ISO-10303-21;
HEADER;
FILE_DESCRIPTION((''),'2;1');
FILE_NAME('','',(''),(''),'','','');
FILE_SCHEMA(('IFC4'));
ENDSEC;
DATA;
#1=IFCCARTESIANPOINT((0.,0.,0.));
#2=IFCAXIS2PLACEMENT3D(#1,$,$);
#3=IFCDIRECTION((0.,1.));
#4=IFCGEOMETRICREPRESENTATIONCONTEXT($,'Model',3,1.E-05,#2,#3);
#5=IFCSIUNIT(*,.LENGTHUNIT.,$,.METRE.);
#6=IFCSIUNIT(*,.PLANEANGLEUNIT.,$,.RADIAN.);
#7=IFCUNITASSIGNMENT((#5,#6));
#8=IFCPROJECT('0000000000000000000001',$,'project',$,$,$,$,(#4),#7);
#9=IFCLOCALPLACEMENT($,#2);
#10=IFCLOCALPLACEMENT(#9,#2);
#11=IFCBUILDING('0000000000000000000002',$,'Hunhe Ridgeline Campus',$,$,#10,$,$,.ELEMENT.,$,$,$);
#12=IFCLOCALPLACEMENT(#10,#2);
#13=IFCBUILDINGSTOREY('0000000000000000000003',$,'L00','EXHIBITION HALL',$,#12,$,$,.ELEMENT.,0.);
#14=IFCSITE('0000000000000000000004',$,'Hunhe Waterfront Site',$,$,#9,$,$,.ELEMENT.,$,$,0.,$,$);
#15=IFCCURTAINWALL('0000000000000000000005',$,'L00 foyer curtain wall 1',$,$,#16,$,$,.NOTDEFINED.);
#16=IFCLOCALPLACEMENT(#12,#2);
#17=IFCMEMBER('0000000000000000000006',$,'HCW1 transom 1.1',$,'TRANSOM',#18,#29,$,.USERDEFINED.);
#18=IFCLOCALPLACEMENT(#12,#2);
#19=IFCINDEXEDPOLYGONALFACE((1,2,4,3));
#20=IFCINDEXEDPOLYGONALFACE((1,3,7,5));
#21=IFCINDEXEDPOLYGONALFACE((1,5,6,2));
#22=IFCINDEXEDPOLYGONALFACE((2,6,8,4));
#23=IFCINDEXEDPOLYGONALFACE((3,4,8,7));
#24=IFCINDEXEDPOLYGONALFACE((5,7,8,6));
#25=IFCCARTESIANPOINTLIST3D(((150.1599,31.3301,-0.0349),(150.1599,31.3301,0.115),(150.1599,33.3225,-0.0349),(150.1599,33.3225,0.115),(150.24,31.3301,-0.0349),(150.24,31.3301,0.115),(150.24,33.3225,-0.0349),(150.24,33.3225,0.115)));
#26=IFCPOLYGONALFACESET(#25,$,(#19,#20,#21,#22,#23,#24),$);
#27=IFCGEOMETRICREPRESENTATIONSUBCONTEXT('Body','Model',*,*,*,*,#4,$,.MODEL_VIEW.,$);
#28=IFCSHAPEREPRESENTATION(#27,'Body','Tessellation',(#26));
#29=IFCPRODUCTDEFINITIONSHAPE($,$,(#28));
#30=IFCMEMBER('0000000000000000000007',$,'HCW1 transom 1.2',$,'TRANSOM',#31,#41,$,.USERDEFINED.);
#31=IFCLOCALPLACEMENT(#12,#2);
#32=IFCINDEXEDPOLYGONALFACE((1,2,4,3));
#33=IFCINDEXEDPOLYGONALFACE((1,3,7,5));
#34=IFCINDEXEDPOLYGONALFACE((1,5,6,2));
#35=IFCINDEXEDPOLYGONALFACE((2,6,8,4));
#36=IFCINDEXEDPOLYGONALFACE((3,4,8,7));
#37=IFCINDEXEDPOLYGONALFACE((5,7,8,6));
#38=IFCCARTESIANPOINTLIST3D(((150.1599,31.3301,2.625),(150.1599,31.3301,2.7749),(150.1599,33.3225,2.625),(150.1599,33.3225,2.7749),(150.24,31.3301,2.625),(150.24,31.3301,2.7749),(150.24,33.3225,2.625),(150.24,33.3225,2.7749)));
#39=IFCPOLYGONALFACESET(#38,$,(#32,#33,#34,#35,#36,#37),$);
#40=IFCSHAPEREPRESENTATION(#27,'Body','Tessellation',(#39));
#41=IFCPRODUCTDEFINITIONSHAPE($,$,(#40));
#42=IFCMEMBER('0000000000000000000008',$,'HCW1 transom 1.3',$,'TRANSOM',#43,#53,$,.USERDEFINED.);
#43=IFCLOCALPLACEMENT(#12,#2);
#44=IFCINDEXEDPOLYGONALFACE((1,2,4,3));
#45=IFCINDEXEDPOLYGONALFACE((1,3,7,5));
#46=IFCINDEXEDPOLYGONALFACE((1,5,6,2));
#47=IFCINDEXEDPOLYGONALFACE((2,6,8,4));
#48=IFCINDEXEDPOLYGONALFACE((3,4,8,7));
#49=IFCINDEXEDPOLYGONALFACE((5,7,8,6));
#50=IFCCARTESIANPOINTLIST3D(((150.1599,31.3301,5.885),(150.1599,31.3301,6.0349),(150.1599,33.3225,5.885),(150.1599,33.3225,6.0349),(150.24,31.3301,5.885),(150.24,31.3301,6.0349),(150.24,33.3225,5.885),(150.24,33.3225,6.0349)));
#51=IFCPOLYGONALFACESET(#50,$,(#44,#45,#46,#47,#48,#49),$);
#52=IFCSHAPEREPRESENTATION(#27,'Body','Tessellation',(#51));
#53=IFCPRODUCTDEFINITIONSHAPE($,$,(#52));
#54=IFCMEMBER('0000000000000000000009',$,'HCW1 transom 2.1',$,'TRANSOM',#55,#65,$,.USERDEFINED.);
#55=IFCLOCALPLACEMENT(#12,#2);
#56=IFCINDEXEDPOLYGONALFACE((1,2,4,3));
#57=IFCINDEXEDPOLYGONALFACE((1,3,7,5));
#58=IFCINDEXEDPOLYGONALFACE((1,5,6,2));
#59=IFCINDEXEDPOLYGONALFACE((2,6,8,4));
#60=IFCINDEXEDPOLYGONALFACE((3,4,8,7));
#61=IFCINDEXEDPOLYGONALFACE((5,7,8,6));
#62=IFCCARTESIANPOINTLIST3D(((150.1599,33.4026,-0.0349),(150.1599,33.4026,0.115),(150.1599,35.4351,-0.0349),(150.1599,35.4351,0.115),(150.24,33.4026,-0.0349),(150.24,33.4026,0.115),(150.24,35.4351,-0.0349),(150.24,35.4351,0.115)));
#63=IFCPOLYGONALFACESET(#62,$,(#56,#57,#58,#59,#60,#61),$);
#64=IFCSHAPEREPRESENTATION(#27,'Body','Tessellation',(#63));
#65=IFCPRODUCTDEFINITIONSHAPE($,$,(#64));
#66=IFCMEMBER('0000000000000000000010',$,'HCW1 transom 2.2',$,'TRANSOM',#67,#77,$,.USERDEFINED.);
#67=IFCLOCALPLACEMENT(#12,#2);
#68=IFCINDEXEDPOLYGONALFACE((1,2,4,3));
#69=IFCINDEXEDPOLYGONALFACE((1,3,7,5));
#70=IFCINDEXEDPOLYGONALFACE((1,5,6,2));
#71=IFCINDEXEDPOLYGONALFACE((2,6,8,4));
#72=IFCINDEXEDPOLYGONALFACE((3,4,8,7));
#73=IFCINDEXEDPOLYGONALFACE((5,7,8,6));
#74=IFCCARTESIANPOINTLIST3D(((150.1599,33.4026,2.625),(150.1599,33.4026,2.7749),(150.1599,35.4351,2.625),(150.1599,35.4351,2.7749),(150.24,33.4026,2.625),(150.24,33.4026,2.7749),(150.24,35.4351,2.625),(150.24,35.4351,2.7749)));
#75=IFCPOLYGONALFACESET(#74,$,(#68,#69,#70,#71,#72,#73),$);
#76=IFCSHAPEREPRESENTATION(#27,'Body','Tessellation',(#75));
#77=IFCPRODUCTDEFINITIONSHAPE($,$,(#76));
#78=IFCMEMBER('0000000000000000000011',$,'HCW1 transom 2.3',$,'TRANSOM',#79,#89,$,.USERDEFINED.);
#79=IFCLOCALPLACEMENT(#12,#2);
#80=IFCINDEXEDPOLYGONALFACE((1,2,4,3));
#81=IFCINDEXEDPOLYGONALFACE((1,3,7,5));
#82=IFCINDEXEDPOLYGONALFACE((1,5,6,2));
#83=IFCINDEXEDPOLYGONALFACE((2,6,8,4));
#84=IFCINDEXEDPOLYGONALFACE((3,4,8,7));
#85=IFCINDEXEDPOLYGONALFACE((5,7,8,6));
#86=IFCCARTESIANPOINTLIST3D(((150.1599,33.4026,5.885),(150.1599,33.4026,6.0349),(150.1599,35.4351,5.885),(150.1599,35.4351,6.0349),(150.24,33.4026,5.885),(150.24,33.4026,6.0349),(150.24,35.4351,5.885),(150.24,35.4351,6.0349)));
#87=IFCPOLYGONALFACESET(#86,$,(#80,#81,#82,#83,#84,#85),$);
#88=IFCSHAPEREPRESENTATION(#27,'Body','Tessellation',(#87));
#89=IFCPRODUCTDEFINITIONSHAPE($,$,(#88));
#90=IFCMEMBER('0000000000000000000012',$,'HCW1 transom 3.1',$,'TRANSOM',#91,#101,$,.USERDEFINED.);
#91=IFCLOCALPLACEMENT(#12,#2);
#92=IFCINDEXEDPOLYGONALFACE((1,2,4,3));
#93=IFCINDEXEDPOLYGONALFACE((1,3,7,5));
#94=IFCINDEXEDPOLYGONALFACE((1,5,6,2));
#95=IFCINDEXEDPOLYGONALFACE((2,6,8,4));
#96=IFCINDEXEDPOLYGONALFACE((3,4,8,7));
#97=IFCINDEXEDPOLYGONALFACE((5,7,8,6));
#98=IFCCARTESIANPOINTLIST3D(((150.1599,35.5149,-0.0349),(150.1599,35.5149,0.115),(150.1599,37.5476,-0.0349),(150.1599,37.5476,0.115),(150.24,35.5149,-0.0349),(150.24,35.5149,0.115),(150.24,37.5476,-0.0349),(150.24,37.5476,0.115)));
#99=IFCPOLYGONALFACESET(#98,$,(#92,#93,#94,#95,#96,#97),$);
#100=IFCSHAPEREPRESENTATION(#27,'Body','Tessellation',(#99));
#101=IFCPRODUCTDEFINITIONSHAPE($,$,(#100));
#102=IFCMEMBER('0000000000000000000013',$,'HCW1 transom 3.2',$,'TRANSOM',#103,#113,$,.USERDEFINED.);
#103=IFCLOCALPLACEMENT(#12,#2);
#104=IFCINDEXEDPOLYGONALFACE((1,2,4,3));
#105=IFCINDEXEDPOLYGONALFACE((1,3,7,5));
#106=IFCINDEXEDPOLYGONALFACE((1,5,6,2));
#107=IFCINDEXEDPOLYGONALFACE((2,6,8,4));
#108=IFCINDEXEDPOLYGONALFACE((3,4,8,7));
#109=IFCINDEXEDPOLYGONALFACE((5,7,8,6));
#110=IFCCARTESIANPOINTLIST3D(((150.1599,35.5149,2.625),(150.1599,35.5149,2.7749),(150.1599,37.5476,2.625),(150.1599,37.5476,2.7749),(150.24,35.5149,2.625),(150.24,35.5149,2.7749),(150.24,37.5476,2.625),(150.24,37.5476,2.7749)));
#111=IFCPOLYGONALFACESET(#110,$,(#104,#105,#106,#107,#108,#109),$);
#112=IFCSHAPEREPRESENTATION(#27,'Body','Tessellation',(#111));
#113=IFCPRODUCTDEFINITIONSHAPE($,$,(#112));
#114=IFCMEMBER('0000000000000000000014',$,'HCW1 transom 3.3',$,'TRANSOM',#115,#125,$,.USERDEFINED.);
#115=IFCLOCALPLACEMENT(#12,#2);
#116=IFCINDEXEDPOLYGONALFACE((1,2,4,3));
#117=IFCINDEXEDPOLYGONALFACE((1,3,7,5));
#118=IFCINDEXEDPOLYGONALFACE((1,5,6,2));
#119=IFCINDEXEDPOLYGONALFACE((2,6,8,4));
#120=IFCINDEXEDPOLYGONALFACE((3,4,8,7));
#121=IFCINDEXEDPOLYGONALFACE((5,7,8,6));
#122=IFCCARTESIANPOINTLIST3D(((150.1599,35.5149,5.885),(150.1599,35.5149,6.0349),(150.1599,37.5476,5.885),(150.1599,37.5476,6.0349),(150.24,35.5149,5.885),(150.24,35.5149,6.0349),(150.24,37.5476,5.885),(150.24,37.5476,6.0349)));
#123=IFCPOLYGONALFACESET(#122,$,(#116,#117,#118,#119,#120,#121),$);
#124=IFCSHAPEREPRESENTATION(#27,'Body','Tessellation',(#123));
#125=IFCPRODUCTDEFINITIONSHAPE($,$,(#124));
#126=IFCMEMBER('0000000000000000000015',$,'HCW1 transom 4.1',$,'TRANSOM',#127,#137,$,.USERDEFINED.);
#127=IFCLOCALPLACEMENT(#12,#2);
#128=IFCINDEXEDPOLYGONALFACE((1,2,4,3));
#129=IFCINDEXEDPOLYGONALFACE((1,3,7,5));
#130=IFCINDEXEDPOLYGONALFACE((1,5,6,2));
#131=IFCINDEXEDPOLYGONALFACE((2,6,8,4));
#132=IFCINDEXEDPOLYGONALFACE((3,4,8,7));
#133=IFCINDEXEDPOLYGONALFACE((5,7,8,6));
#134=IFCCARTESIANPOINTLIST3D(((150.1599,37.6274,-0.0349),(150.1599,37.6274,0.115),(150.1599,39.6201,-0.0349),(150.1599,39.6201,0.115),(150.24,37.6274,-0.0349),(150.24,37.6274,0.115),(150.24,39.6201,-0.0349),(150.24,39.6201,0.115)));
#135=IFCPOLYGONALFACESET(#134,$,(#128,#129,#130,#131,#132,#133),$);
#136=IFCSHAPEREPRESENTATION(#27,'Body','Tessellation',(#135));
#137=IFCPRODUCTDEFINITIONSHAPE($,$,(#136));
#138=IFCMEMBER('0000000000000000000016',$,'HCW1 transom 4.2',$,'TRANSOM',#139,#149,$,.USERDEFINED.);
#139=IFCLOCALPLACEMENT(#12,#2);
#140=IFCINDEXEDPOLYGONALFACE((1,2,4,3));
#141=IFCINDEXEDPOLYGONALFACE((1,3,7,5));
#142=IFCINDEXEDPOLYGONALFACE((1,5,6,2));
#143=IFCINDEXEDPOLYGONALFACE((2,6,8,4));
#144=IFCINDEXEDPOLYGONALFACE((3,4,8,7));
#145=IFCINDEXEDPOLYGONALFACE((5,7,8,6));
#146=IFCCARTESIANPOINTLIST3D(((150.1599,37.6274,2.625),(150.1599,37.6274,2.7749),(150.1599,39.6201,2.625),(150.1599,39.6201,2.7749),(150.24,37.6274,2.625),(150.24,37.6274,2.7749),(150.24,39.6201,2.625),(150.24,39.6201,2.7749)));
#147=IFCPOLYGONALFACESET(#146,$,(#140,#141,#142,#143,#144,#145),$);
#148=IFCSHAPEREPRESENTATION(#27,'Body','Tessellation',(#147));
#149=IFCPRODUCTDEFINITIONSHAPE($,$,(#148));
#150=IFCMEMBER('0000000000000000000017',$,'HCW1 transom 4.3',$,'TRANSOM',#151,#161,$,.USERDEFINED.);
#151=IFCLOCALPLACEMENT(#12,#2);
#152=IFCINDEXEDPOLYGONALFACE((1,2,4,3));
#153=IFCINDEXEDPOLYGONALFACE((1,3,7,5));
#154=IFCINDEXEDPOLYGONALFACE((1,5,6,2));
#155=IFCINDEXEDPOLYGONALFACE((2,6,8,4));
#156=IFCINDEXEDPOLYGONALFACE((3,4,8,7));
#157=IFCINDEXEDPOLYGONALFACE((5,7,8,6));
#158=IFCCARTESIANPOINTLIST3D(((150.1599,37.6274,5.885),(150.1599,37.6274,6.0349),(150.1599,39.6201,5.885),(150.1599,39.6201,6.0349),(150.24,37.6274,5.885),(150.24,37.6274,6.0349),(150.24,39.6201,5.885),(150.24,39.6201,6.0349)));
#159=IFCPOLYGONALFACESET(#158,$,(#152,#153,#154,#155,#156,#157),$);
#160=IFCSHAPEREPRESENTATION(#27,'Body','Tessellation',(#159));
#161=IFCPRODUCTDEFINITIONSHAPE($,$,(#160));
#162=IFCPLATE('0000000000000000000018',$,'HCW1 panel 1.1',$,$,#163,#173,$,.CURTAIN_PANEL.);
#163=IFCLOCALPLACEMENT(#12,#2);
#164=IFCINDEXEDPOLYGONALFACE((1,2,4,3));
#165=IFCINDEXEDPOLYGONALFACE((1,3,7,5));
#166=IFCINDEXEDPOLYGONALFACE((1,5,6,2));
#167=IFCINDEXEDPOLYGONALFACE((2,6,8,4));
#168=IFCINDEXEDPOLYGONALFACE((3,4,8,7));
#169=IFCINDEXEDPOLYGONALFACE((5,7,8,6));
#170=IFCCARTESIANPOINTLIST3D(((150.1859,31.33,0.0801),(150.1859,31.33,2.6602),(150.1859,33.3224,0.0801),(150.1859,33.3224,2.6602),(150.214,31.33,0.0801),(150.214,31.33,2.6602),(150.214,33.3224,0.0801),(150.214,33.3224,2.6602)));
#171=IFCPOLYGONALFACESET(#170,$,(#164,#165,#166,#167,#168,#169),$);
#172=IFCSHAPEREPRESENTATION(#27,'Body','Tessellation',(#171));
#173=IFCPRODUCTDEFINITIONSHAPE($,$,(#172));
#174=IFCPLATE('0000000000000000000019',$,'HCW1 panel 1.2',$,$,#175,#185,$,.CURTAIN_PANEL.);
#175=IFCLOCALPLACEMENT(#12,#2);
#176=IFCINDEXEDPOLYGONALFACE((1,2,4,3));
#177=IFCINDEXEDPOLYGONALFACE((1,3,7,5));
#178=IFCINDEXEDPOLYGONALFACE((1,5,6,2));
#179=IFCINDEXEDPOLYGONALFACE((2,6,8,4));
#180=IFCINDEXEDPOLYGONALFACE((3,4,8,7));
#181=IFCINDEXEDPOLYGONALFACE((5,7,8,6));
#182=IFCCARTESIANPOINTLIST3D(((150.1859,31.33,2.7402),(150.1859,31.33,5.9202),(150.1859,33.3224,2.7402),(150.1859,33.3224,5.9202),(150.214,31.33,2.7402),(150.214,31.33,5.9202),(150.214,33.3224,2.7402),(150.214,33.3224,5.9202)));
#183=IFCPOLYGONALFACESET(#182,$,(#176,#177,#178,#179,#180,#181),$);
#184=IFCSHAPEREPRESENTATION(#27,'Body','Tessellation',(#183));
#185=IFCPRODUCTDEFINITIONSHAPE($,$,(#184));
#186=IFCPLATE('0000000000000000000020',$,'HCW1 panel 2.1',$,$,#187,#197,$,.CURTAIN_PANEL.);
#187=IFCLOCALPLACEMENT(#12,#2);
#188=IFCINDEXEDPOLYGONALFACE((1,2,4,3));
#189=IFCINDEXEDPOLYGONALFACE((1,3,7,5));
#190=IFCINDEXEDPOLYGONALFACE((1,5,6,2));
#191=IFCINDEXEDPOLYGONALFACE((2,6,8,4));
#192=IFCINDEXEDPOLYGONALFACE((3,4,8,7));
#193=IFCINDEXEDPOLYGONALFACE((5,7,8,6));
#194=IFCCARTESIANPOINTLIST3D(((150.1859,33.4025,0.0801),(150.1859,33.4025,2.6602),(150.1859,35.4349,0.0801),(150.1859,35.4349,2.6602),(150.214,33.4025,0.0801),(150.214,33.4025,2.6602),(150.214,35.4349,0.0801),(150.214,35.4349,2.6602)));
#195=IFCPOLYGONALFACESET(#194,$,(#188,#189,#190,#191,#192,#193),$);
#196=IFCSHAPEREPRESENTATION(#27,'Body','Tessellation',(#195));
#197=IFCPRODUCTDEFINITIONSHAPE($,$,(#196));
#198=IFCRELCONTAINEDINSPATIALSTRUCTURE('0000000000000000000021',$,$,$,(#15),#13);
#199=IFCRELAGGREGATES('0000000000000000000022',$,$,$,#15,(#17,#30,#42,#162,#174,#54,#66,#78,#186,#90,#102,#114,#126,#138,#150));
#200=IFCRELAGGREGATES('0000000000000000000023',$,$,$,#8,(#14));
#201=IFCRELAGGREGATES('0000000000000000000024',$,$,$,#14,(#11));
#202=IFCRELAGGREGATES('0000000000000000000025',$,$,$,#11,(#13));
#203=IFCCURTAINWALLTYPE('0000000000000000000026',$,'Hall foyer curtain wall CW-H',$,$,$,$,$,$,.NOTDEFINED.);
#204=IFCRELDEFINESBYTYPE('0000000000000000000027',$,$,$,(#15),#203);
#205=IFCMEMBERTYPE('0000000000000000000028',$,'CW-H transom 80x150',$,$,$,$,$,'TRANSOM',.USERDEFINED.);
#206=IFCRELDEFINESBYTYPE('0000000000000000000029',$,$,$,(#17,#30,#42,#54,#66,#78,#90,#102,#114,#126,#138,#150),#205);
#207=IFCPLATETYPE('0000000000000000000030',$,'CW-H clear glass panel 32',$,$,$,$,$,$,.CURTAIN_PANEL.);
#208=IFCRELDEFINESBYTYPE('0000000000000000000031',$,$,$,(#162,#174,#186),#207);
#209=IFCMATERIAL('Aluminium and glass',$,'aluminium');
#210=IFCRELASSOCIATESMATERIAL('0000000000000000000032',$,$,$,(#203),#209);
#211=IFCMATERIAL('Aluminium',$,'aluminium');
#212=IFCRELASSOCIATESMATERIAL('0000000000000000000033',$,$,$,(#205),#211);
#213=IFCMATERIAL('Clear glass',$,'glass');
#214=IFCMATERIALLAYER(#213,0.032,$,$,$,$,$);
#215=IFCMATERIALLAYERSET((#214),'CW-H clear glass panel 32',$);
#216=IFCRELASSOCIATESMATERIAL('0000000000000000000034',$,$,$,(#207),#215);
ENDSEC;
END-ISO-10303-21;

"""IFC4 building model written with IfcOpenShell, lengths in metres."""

from ifc_helpers import new_model, si_unit, direction, frame, origin, origin_2d, place, context, subcontext, project, spatial, rectangle, extrude, material, layer, layer_set, material_profile, profile_set, type_object, element, aggregate, save


model = new_model("IFC4")

# Units and contexts
model_context = context("Model", 3, precision=1e-05, world=origin(), true_north=direction((0.0, 1.0)))
body_context = subcontext(model_context, "Body", "Model", "MODEL_VIEW")
ifc_project = project(units=[si_unit("LENGTHUNIT", "METRE"), si_unit("PLANEANGLEUNIT", "RADIAN")], contexts=[model_context])

# Site, building, storey
site_placement = place(None, origin())
site = spatial("IfcSite", under=ifc_project, at=site_placement, Name="Hunhe Waterfront Site", CompositionType="ELEMENT", RefElevation=0.0)
building_placement = place(site_placement, origin())
building = spatial("IfcBuilding", under=site, at=building_placement, Name="Hunhe Ridgeline Campus", CompositionType="ELEMENT")
storey_placement = place(building_placement, origin())
storey = spatial("IfcBuildingStorey", under=building, at=storey_placement, Name="L00", Description="EXHIBITION HALL", CompositionType="ELEMENT", Elevation=0.0)

# Curtain wall, members, plates
ifc_material_1 = material(Name="Aluminium and glass", Category="aluminium")
curtain_wall_type = type_object("IfcCurtainWallType", Name="Hall foyer curtain wall CW-H", PredefinedType="NOTDEFINED", material=ifc_material_1)
curtain_wall_placement = place(storey_placement, origin())
curtain_wall = element("IfcCurtainWall", 1, at=curtain_wall_placement, inside=storey, type_object=curtain_wall_type, Name="L00 foyer curtain wall 1", PredefinedType="NOTDEFINED")
ifc_material_2 = material(Name="Aluminium", Category="aluminium")
ifc_material_profile = material_profile(ifc_material_2, rectangle(XDim=0.0801, YDim=0.1499, at=origin_2d()))
ifc_profile_set = profile_set([ifc_material_profile], Name="Aluminium")
member_type = type_object("IfcMemberType", Name="CW-H transom 80x150", ElementType="TRANSOM", PredefinedType="USERDEFINED", material=ifc_profile_set)
member_1_placement = place(storey_placement, frame((150.2, 31.3301, 0.04), z_axis=(0.0, 1.0, 0.0), x_axis=(-1.0, 0.0, 0.0)))
member_1 = element("IfcMember", 2, at=member_1_placement, type_object=member_type, Name="HCW1 transom 1.1", ObjectType="TRANSOM", PredefinedType="USERDEFINED", context=body_context, shape_type="SweptSolid", body=[
    extrude(rectangle(XDim=0.0801, YDim=0.1499, at=origin_2d()), origin(), (0.0, 0.0, 1.0), 1.9924),
])
member_2_placement = place(storey_placement, frame((150.2, 31.3301, 2.7), z_axis=(0.0, 1.0, 0.0), x_axis=(-1.0, 0.0, 0.0)))
member_2 = element("IfcMember", 3, at=member_2_placement, type_object=member_type, Name="HCW1 transom 1.2", ObjectType="TRANSOM", PredefinedType="USERDEFINED", context=body_context, shape_type="SweptSolid", body=[
    extrude(rectangle(XDim=0.0801, YDim=0.1499, at=origin_2d()), origin(), (0.0, 0.0, 1.0), 1.9924),
])
member_3_placement = place(storey_placement, frame((150.2, 31.3301, 5.96), z_axis=(0.0, 1.0, 0.0), x_axis=(-1.0, 0.0, 0.0)))
member_3 = element("IfcMember", 4, at=member_3_placement, type_object=member_type, Name="HCW1 transom 1.3", ObjectType="TRANSOM", PredefinedType="USERDEFINED", context=body_context, shape_type="SweptSolid", body=[
    extrude(rectangle(XDim=0.0801, YDim=0.1499, at=origin_2d()), origin(), (0.0, 0.0, 1.0), 1.9924),
])
member_4_placement = place(storey_placement, frame((150.2, 33.4026, 0.04), z_axis=(0.0, 1.0, 0.0), x_axis=(-1.0, 0.0, 0.0)))
member_4 = element("IfcMember", 5, at=member_4_placement, type_object=member_type, Name="HCW1 transom 2.1", ObjectType="TRANSOM", PredefinedType="USERDEFINED", context=body_context, shape_type="SweptSolid", body=[
    extrude(rectangle(XDim=0.0801, YDim=0.1499, at=origin_2d()), origin(), (0.0, 0.0, 1.0), 2.0325),
])
member_5_placement = place(storey_placement, frame((150.2, 33.4026, 2.7), z_axis=(0.0, 1.0, 0.0), x_axis=(-1.0, 0.0, 0.0)))
member_5 = element("IfcMember", 6, at=member_5_placement, type_object=member_type, Name="HCW1 transom 2.2", ObjectType="TRANSOM", PredefinedType="USERDEFINED", context=body_context, shape_type="SweptSolid", body=[
    extrude(rectangle(XDim=0.0801, YDim=0.1499, at=origin_2d()), origin(), (0.0, 0.0, 1.0), 2.0325),
])
member_6_placement = place(storey_placement, frame((150.2, 33.4026, 5.96), z_axis=(0.0, 1.0, 0.0), x_axis=(-1.0, 0.0, 0.0)))
member_6 = element("IfcMember", 7, at=member_6_placement, type_object=member_type, Name="HCW1 transom 2.3", ObjectType="TRANSOM", PredefinedType="USERDEFINED", context=body_context, shape_type="SweptSolid", body=[
    extrude(rectangle(XDim=0.0801, YDim=0.1499, at=origin_2d()), origin(), (0.0, 0.0, 1.0), 2.0325),
])
member_7_placement = place(storey_placement, frame((150.2, 35.5149, 0.04), z_axis=(0.0, 1.0, 0.0), x_axis=(-1.0, 0.0, 0.0)))
member_7 = element("IfcMember", 8, at=member_7_placement, type_object=member_type, Name="HCW1 transom 3.1", ObjectType="TRANSOM", PredefinedType="USERDEFINED", context=body_context, shape_type="SweptSolid", body=[
    extrude(rectangle(XDim=0.0801, YDim=0.1499, at=origin_2d()), origin(), (0.0, 0.0, 1.0), 2.0327),
])
member_8_placement = place(storey_placement, frame((150.2, 35.5149, 2.7), z_axis=(0.0, 1.0, 0.0), x_axis=(-1.0, 0.0, 0.0)))
member_8 = element("IfcMember", 9, at=member_8_placement, type_object=member_type, Name="HCW1 transom 3.2", ObjectType="TRANSOM", PredefinedType="USERDEFINED", context=body_context, shape_type="SweptSolid", body=[
    extrude(rectangle(XDim=0.0801, YDim=0.1499, at=origin_2d()), origin(), (0.0, 0.0, 1.0), 2.0327),
])
member_9_placement = place(storey_placement, frame((150.2, 35.5149, 5.96), z_axis=(0.0, 1.0, 0.0), x_axis=(-1.0, 0.0, 0.0)))
member_9 = element("IfcMember", 10, at=member_9_placement, type_object=member_type, Name="HCW1 transom 3.3", ObjectType="TRANSOM", PredefinedType="USERDEFINED", context=body_context, shape_type="SweptSolid", body=[
    extrude(rectangle(XDim=0.0801, YDim=0.1499, at=origin_2d()), origin(), (0.0, 0.0, 1.0), 2.0327),
])
member_10_placement = place(storey_placement, frame((150.2, 37.6274, 0.04), z_axis=(0.0, 1.0, 0.0), x_axis=(-1.0, 0.0, 0.0)))
member_10 = element("IfcMember", 11, at=member_10_placement, type_object=member_type, Name="HCW1 transom 4.1", ObjectType="TRANSOM", PredefinedType="USERDEFINED", context=body_context, shape_type="SweptSolid", body=[
    extrude(rectangle(XDim=0.0801, YDim=0.1499, at=origin_2d()), origin(), (0.0, 0.0, 1.0), 1.9927),
])
member_11_placement = place(storey_placement, frame((150.2, 37.6274, 2.7), z_axis=(0.0, 1.0, 0.0), x_axis=(-1.0, 0.0, 0.0)))
member_11 = element("IfcMember", 12, at=member_11_placement, type_object=member_type, Name="HCW1 transom 4.2", ObjectType="TRANSOM", PredefinedType="USERDEFINED", context=body_context, shape_type="SweptSolid", body=[
    extrude(rectangle(XDim=0.0801, YDim=0.1499, at=origin_2d()), origin(), (0.0, 0.0, 1.0), 1.9927),
])
member_12_placement = place(storey_placement, frame((150.2, 37.6274, 5.96), z_axis=(0.0, 1.0, 0.0), x_axis=(-1.0, 0.0, 0.0)))
member_12 = element("IfcMember", 13, at=member_12_placement, type_object=member_type, Name="HCW1 transom 4.3", ObjectType="TRANSOM", PredefinedType="USERDEFINED", context=body_context, shape_type="SweptSolid", body=[
    extrude(rectangle(XDim=0.0801, YDim=0.1499, at=origin_2d()), origin(), (0.0, 0.0, 1.0), 1.9927),
])
ifc_material_3 = material(Name="Clear glass", Category="glass")
ifc_layer_1 = layer(ifc_material_3, 0.032)
ifc_layer_set_1 = layer_set([ifc_layer_1], Name="CW-H clear glass panel 32")
plate_type = type_object("IfcPlateType", Name="CW-H clear glass panel 32", PredefinedType="CURTAIN_PANEL", material=ifc_layer_set_1)
plate_1_placement = place(storey_placement, frame((150.2, 32.3262, 0.0801), z_axis=(0.0, 0.0, 1.0), x_axis=(0.0, 1.0, 0.0)))
plate_1 = element("IfcPlate", 14, at=plate_1_placement, type_object=plate_type, Name="HCW1 panel 1.1", PredefinedType="CURTAIN_PANEL", context=body_context, shape_type="SweptSolid", body=[
    extrude(rectangle(XDim=1.9924, YDim=0.0281, at=origin_2d()), origin(), (0.0, 0.0, 1.0), 2.5801),
])
plate_2_placement = place(storey_placement, frame((150.2, 32.3262, 2.7402), z_axis=(0.0, 0.0, 1.0), x_axis=(0.0, 1.0, 0.0)))
plate_2 = element("IfcPlate", 15, at=plate_2_placement, type_object=plate_type, Name="HCW1 panel 1.2", PredefinedType="CURTAIN_PANEL", context=body_context, shape_type="SweptSolid", body=[
    extrude(rectangle(XDim=1.9924, YDim=0.0281, at=origin_2d()), origin(), (0.0, 0.0, 1.0), 3.1799),
])
plate_3_placement = place(storey_placement, frame((150.2, 34.4187, 0.0801), z_axis=(0.0, 0.0, 1.0), x_axis=(0.0, 1.0, 0.0)))
plate_3 = element("IfcPlate", 16, at=plate_3_placement, type_object=plate_type, Name="HCW1 panel 2.1", PredefinedType="CURTAIN_PANEL", context=body_context, shape_type="SweptSolid", body=[
    extrude(rectangle(XDim=2.0325, YDim=0.0281, at=origin_2d()), origin(), (0.0, 0.0, 1.0), 2.5801),
])
aggregate(curtain_wall, [member_1, member_2, member_3, plate_1, plate_2, member_4, member_5, member_6, plate_3, member_7, member_8, member_9, member_10, member_11, member_12])

save(model, "model.ifc")
